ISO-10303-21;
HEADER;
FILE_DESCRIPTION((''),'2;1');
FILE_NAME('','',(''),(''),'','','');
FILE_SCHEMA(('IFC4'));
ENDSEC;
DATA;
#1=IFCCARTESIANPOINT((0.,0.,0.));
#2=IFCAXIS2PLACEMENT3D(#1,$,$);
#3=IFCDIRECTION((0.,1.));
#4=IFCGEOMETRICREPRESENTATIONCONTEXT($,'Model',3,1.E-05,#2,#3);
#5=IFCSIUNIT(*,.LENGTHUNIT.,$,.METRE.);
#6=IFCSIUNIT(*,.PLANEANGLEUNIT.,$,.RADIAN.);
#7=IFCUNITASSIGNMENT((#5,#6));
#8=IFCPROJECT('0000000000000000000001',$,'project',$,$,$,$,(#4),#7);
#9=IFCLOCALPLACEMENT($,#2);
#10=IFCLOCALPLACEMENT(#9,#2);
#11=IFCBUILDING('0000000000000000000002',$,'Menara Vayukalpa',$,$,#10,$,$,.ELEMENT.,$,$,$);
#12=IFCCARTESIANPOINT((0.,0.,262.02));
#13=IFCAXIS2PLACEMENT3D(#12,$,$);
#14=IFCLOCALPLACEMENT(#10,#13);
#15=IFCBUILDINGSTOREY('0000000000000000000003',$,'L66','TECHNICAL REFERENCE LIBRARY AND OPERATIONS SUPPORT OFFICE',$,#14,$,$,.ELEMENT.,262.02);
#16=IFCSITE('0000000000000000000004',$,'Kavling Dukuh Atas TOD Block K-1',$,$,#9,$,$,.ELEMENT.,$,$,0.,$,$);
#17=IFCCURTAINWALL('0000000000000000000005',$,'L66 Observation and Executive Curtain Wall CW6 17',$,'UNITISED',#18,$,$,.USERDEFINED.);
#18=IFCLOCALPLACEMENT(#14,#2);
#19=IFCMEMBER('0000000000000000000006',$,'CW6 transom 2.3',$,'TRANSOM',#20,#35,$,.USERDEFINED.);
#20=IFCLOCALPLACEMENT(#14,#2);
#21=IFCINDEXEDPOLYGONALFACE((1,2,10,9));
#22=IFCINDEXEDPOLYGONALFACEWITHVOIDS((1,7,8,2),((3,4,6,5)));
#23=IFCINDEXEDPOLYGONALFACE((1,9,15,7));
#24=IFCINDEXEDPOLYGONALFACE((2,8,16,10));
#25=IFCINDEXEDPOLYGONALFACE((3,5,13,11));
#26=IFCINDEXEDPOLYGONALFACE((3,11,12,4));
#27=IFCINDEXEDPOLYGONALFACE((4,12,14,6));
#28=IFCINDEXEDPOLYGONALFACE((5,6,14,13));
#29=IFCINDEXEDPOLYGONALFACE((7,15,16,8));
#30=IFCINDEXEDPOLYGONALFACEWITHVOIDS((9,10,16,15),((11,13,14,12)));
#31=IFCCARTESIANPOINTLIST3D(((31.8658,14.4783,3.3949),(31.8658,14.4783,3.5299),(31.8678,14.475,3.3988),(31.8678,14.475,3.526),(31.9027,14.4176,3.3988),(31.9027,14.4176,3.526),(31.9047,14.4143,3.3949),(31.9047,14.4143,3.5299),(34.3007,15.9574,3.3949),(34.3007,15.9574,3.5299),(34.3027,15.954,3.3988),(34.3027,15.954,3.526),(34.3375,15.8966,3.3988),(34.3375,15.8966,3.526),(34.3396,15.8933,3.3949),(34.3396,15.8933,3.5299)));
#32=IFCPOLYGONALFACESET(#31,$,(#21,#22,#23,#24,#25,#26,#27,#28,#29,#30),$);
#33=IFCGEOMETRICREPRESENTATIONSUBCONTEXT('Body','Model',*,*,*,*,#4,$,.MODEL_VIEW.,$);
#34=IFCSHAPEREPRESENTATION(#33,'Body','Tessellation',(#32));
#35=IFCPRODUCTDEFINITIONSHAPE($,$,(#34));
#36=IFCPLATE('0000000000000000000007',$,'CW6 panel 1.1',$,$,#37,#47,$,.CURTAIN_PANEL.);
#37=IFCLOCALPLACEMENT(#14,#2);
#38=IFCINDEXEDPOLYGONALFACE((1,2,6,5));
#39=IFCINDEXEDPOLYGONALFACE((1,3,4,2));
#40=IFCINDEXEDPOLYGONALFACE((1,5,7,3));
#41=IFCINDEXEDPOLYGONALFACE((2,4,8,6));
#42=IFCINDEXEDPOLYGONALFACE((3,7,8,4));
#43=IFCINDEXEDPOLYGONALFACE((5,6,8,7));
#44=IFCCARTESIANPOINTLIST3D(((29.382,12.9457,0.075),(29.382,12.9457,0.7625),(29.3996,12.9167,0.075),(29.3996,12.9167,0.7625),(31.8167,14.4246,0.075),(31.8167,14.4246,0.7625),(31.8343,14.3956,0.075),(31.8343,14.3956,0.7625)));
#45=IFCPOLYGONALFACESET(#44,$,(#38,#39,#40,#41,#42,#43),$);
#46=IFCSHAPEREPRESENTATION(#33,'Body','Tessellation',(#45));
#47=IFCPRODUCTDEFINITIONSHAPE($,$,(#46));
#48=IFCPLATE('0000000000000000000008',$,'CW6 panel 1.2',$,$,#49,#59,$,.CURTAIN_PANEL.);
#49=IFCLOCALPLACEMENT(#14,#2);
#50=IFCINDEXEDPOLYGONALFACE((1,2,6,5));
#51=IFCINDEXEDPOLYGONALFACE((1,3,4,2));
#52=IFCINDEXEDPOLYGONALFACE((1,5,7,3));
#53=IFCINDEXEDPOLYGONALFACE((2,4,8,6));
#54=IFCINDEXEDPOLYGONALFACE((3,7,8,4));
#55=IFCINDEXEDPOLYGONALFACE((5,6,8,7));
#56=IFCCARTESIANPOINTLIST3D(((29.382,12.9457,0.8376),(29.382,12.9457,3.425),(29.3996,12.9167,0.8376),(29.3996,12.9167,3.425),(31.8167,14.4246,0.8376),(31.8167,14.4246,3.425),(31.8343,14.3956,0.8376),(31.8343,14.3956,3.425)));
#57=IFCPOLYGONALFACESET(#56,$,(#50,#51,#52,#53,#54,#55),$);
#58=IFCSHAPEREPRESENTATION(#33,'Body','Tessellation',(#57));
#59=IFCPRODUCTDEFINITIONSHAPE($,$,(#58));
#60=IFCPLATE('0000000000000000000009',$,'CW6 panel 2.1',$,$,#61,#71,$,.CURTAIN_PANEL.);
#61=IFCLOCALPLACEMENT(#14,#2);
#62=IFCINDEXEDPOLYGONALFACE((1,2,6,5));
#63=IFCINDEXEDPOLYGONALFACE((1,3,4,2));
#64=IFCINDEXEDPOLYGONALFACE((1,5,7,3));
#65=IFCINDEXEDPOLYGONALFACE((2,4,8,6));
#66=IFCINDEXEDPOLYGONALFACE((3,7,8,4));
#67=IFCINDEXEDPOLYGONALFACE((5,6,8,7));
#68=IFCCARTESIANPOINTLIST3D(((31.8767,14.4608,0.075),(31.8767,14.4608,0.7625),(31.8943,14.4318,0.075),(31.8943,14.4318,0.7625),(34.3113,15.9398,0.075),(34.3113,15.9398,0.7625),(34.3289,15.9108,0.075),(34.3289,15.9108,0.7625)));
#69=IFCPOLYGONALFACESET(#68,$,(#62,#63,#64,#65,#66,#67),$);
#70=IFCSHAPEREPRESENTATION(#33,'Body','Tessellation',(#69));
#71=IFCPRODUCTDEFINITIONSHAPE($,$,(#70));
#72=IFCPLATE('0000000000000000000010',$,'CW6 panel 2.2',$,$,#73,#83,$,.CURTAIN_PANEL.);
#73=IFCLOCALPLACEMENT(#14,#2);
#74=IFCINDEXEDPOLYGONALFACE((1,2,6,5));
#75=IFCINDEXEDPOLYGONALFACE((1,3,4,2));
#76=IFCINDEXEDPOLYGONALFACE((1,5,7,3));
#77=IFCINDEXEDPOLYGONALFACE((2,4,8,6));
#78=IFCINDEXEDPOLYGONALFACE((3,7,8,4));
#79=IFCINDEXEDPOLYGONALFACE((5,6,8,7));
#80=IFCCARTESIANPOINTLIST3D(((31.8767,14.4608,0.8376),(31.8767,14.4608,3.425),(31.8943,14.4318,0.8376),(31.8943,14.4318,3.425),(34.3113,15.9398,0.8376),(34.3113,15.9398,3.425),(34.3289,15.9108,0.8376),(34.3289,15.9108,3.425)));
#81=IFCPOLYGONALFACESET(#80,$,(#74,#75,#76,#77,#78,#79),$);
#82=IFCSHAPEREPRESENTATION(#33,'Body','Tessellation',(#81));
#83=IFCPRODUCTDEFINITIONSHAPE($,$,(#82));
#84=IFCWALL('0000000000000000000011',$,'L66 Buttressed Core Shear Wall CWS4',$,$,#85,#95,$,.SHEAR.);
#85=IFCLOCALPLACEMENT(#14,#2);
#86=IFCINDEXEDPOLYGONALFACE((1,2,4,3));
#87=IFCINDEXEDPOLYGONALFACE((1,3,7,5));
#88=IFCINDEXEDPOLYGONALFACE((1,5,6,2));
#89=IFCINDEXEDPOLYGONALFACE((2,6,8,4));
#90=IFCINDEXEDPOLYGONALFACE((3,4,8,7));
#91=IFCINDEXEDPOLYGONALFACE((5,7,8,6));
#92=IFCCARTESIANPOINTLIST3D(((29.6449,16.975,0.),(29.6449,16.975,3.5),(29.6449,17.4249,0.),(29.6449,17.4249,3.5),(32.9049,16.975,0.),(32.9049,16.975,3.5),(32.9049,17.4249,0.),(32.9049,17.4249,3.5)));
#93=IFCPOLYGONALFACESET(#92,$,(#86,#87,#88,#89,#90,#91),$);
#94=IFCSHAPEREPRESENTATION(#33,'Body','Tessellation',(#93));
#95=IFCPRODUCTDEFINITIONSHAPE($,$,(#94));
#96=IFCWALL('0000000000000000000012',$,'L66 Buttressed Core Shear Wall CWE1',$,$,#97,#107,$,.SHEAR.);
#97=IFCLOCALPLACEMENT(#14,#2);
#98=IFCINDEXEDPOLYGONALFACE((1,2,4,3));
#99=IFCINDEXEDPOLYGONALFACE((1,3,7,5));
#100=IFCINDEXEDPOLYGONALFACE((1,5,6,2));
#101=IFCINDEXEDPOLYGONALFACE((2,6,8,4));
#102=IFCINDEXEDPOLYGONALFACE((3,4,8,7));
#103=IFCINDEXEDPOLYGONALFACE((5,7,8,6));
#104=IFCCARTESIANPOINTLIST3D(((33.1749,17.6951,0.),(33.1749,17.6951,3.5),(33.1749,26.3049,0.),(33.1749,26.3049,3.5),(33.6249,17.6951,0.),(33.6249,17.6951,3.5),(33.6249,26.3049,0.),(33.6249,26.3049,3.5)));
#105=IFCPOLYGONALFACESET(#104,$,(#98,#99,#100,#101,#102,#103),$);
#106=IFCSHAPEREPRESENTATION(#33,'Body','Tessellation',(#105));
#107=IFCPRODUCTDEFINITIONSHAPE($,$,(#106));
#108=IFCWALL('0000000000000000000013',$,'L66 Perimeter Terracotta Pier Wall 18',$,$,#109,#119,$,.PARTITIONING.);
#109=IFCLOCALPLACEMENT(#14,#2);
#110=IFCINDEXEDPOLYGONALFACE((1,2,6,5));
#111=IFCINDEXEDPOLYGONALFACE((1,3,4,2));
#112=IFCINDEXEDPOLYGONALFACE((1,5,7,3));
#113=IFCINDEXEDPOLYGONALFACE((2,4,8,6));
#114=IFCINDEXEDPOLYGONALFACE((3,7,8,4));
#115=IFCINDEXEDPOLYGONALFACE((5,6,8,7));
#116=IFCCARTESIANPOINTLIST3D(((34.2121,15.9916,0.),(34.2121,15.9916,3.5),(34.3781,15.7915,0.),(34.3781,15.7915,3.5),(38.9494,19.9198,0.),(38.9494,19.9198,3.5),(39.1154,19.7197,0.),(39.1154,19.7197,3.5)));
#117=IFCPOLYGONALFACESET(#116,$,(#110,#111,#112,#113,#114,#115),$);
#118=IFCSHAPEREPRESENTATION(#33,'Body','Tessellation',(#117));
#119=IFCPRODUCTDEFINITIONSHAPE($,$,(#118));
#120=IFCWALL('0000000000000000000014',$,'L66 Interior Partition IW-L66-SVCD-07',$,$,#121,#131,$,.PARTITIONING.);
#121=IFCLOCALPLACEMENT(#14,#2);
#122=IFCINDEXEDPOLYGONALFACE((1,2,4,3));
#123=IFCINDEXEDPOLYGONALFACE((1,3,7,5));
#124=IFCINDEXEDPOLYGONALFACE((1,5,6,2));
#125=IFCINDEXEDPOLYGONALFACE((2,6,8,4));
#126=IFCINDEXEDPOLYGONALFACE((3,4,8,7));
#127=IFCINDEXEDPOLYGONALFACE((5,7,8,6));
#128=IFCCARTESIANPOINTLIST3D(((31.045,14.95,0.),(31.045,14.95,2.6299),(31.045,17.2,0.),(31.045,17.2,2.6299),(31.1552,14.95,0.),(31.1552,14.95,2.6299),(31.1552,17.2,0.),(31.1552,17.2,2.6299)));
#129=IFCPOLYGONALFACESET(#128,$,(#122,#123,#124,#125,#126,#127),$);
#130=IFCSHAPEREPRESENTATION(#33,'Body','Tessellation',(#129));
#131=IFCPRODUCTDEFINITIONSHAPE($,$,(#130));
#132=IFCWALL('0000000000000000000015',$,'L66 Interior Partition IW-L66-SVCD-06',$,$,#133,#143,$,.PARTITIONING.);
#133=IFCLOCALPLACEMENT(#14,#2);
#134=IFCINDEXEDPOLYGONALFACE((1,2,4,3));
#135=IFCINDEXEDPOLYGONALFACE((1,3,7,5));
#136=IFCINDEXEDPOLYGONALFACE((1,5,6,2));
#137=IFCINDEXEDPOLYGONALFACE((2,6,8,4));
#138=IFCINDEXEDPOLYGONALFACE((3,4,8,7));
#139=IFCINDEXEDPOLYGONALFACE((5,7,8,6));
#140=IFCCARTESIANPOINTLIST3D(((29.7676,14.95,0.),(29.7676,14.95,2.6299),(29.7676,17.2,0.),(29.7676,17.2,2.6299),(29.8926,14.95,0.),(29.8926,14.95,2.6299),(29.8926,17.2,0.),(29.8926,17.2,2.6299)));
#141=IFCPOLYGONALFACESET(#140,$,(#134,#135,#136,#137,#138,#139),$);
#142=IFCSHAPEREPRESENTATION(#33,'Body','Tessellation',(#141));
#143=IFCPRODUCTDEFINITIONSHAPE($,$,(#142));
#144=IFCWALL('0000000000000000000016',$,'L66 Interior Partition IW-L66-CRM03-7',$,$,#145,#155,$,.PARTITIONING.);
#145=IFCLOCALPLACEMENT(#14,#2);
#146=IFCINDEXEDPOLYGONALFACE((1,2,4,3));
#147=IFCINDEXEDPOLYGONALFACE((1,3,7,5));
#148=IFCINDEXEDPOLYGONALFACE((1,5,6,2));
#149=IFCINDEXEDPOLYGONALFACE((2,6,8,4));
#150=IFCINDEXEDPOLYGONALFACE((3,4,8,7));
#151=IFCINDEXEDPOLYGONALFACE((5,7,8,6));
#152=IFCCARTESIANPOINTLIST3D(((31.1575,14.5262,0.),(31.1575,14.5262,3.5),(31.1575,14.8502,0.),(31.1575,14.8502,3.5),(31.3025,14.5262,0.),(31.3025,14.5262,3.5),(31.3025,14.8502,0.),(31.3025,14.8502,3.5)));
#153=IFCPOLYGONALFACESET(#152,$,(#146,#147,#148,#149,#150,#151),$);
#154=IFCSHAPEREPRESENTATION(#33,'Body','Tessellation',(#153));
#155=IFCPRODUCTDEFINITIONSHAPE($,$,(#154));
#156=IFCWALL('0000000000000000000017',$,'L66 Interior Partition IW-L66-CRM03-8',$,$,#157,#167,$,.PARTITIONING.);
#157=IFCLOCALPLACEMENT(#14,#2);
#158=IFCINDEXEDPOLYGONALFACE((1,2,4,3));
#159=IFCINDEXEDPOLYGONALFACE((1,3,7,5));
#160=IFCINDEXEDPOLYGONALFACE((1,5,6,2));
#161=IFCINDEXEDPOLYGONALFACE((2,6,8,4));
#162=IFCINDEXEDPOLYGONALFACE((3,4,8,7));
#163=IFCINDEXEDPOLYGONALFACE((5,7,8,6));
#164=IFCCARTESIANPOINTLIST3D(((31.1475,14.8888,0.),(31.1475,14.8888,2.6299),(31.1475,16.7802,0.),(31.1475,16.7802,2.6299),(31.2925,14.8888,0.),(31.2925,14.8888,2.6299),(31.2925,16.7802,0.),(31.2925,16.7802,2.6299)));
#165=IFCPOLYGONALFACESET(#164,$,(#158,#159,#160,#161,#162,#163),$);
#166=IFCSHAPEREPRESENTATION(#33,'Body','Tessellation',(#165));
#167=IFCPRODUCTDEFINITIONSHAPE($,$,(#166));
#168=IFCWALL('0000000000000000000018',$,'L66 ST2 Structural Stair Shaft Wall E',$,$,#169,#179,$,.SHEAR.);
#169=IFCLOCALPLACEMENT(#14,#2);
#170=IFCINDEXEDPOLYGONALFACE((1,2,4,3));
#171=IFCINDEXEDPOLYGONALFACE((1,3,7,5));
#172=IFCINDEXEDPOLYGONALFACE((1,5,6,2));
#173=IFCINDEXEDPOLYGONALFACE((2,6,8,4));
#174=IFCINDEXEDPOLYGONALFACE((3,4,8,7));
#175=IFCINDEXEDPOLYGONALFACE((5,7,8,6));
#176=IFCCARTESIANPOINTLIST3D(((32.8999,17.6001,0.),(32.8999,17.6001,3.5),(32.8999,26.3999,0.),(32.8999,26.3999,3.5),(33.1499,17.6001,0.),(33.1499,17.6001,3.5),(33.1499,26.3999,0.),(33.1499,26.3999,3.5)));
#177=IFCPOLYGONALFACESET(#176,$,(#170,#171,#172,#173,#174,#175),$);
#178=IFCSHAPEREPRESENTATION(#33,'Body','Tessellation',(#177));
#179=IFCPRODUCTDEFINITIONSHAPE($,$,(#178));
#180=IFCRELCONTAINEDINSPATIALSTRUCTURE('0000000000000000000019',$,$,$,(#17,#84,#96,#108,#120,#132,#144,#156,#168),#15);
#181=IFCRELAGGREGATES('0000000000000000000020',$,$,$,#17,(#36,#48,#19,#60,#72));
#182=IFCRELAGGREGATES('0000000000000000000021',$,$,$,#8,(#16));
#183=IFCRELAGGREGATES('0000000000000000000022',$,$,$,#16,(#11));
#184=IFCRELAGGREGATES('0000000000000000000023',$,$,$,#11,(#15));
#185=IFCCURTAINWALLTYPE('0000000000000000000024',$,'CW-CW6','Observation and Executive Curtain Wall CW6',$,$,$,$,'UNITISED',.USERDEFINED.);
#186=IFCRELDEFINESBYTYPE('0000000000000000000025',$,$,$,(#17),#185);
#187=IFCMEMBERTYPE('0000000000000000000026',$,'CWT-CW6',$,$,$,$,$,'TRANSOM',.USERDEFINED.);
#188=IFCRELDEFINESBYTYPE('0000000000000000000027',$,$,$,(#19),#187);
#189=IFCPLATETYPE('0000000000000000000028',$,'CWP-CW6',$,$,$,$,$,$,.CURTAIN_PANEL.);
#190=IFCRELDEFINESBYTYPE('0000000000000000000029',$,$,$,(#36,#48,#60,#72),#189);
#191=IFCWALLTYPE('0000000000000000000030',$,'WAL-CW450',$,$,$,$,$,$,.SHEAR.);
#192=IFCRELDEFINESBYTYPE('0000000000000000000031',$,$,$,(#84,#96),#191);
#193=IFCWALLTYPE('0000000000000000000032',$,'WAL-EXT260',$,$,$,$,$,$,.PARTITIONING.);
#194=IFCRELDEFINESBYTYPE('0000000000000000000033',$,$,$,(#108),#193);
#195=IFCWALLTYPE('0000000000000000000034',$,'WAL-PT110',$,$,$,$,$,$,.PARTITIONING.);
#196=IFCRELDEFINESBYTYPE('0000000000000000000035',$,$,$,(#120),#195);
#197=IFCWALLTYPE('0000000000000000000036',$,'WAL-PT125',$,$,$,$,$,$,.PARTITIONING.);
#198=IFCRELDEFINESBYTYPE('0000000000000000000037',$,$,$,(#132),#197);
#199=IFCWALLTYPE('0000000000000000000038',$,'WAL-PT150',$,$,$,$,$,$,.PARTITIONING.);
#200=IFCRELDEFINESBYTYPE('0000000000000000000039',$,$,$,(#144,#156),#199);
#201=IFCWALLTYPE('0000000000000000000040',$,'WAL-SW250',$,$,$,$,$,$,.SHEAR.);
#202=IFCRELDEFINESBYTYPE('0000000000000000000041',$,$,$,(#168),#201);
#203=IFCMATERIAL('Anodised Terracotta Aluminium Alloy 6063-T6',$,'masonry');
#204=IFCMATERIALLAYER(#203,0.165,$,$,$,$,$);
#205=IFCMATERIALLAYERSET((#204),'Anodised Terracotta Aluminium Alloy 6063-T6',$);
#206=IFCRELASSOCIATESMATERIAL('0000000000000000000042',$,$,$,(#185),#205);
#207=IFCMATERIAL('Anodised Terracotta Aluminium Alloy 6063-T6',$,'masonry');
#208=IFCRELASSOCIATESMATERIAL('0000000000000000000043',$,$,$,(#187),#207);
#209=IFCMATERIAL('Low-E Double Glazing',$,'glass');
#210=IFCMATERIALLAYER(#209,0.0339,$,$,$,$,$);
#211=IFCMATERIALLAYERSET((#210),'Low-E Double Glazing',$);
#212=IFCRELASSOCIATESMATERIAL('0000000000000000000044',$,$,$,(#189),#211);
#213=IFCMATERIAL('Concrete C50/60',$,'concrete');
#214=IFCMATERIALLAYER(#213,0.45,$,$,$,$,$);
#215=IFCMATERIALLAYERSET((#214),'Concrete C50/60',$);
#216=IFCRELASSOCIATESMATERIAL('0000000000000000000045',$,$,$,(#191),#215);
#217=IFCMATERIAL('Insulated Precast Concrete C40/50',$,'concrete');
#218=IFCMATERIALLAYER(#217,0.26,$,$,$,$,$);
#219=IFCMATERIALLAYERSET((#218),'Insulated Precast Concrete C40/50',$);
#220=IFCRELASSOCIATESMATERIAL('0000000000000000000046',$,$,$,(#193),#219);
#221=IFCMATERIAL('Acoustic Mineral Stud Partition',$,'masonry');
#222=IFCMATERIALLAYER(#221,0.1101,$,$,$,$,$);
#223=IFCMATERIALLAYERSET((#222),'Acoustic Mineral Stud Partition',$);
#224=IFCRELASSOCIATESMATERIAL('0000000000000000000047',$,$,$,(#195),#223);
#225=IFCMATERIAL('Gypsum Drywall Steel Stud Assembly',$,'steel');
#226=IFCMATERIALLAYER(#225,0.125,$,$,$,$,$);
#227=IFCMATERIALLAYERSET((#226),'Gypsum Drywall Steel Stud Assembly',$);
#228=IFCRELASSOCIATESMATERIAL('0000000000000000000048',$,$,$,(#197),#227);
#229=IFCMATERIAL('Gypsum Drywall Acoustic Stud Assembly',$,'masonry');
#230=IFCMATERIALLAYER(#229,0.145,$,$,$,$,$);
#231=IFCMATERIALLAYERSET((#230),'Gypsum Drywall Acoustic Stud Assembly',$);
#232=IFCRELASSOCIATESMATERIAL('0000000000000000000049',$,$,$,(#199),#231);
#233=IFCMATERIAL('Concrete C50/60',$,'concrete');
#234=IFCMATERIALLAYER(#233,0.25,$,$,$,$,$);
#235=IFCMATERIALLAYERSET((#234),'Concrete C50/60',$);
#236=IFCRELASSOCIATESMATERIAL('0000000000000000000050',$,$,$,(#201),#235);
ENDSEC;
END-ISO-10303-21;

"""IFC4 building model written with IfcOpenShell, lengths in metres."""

from ifc_helpers import new_model, si_unit, direction, frame, frame_2d, origin, origin_2d, place, context, subcontext, project, spatial, rectangle, hollow_rectangle, extrude, material, layer, layer_set, material_profile, profile_set, type_object, element, aggregate, save


model = new_model("IFC4")

# Units and contexts
model_context = context("Model", 3, precision=1e-05, world=origin(), true_north=direction((0.0, 1.0)))
body_context = subcontext(model_context, "Body", "Model", "MODEL_VIEW")
ifc_project = project(units=[si_unit("LENGTHUNIT", "METRE"), si_unit("PLANEANGLEUNIT", "RADIAN")], contexts=[model_context])

# Site, building, storey
site_placement = place(None, origin())
site = spatial("IfcSite", under=ifc_project, at=site_placement, Name="Kavling Dukuh Atas TOD Block K-1", CompositionType="ELEMENT", RefElevation=0.0)
building_placement = place(site_placement, origin())
building = spatial("IfcBuilding", under=site, at=building_placement, Name="Menara Vayukalpa", CompositionType="ELEMENT")
storey_placement = place(building_placement, frame((0.0, 0.0, 262.02)))
storey = spatial("IfcBuildingStorey", under=building, at=storey_placement, Name="L66", Description="TECHNICAL REFERENCE LIBRARY AND OPERATIONS SUPPORT OFFICE", CompositionType="ELEMENT", Elevation=262.02)

# Curtain wall, member, plates
ifc_material_1 = material(Name="Anodised Terracotta Aluminium Alloy 6063-T6", Category="masonry")
ifc_layer_1 = layer(ifc_material_1, 0.165)
ifc_layer_set_1 = layer_set([ifc_layer_1], Name="Anodised Terracotta Aluminium Alloy 6063-T6")
curtain_wall_type = type_object("IfcCurtainWallType", Name="CW-CW6", Description="Observation and Executive Curtain Wall CW6", ElementType="UNITISED", PredefinedType="USERDEFINED", material=ifc_layer_set_1)
curtain_wall_placement = place(storey_placement, origin())
curtain_wall = element("IfcCurtainWall", 1, at=curtain_wall_placement, inside=storey, type_object=curtain_wall_type, Name="L66 Observation and Executive Curtain Wall CW6 17", ObjectType="UNITISED", PredefinedType="USERDEFINED")
ifc_material_2 = material(Name="Anodised Terracotta Aluminium Alloy 6063-T6", Category="masonry")
ifc_material_profile_1 = material_profile(ifc_material_2, hollow_rectangle(XDim=0.075, YDim=0.135, WallThickness=0.0039, at=origin_2d()), Name="ALU 75x135x4")
ifc_profile_set_1 = profile_set([ifc_material_profile_1], Name="Anodised Terracotta Aluminium Alloy 6063-T6")
member_type_1 = type_object("IfcMemberType", Name="CWT-CW6", ElementType="TRANSOM", PredefinedType="USERDEFINED", material=ifc_profile_set_1)
member_1_placement = place(storey_placement, frame((31.8853, 14.4463, 3.4624), z_axis=(0.854675, 0.519164, 0.0), x_axis=(-0.519164, 0.854675, 0.0)))
member_1 = element("IfcMember", 2, at=member_1_placement, type_object=member_type_1, Name="CW6 transom 2.3", ObjectType="TRANSOM", PredefinedType="USERDEFINED", context=body_context, shape_type="SweptSolid", body=[
    extrude(hollow_rectangle(XDim=0.075, YDim=0.135, WallThickness=0.0039, at=origin_2d()), origin(), (0.0, 0.0, 1.0), 2.8489),
])
ifc_material_3 = material(Name="Low-E Double Glazing", Category="glass")
ifc_layer_2 = layer(ifc_material_3, 0.0339)
ifc_layer_set_2 = layer_set([ifc_layer_2], Name="Low-E Double Glazing")
plate_type = type_object("IfcPlateType", Name="CWP-CW6", PredefinedType="CURTAIN_PANEL", material=ifc_layer_set_2)
plate_1_placement = place(storey_placement, frame((30.6082, 13.6707, 0.075), z_axis=(0.0, 0.0, 1.0), x_axis=(0.854668, 0.519176, 0.0)))
plate_1 = element("IfcPlate", 3, at=plate_1_placement, type_object=plate_type, Name="CW6 panel 1.1", PredefinedType="CURTAIN_PANEL", context=body_context, shape_type="SweptSolid", body=[
    extrude(rectangle(XDim=2.8486, YDim=0.0339, at=origin_2d()), origin(), (0.0, 0.0, 1.0), 0.6875),
])
plate_2_placement = place(storey_placement, frame((30.6082, 13.6707, 0.8376), z_axis=(0.0, 0.0, 1.0), x_axis=(0.854668, 0.519176, 0.0)))
plate_2 = element("IfcPlate", 4, at=plate_2_placement, type_object=plate_type, Name="CW6 panel 1.2", PredefinedType="CURTAIN_PANEL", context=body_context, shape_type="SweptSolid", body=[
    extrude(rectangle(XDim=2.8486, YDim=0.0339, at=origin_2d()), origin(), (0.0, 0.0, 1.0), 2.5874),
])
plate_3_placement = place(storey_placement, frame((33.1028, 15.1858, 0.075), z_axis=(0.0, 0.0, 1.0), x_axis=(0.854668, 0.519176, 0.0)))
plate_3 = element("IfcPlate", 5, at=plate_3_placement, type_object=plate_type, Name="CW6 panel 2.1", PredefinedType="CURTAIN_PANEL", context=body_context, shape_type="SweptSolid", body=[
    extrude(rectangle(XDim=2.8486, YDim=0.0339, at=origin_2d()), origin(), (0.0, 0.0, 1.0), 0.6875),
])
plate_4_placement = place(storey_placement, frame((33.1028, 15.1858, 0.8376), z_axis=(0.0, 0.0, 1.0), x_axis=(0.854668, 0.519176, 0.0)))
plate_4 = element("IfcPlate", 6, at=plate_4_placement, type_object=plate_type, Name="CW6 panel 2.2", PredefinedType="CURTAIN_PANEL", context=body_context, shape_type="SweptSolid", body=[
    extrude(rectangle(XDim=2.8486, YDim=0.0339, at=origin_2d()), origin(), (0.0, 0.0, 1.0), 2.5874),
])
aggregate(curtain_wall, [plate_1, plate_2, member_1, plate_3, plate_4])

# Walls
ifc_material_4 = material(Name="Concrete C50/60", Category="concrete")
ifc_layer_3 = layer(ifc_material_4, 0.45)
ifc_layer_set_3 = layer_set([ifc_layer_3], Name="Concrete C50/60")
wall_type_1 = type_object("IfcWallType", Name="WAL-CW450", PredefinedType="SHEAR", material=ifc_layer_set_3)
wall_1_placement = place(storey_placement, frame((29.645, 17.2, 0.0), z_axis=(0.0, 0.0, 1.0), x_axis=(1.0, 0.0, 0.0)))
element("IfcWall", 7, at=wall_1_placement, inside=storey, type_object=wall_type_1, Name="L66 Buttressed Core Shear Wall CWS4", PredefinedType="SHEAR", context=body_context, shape_type="SweptSolid", body=[
    extrude(rectangle(XDim=3.26, YDim=0.45, at=frame_2d((1.6299, 0.0))), origin(), (0.0, 0.0, 1.0), 3.5),
])
wall_2_placement = place(storey_placement, frame((33.3999, 17.6951, 0.0), z_axis=(0.0, 0.0, 1.0), x_axis=(0.0, 1.0, 0.0)))
element("IfcWall", 8, at=wall_2_placement, inside=storey, type_object=wall_type_1, Name="L66 Buttressed Core Shear Wall CWE1", PredefinedType="SHEAR", context=body_context, shape_type="SweptSolid", body=[
    extrude(rectangle(XDim=8.6099, YDim=0.45, at=frame_2d((4.3049, 0.0))), origin(), (0.0, 0.0, 1.0), 3.5),
])
ifc_material_5 = material(Name="Insulated Precast Concrete C40/50", Category="concrete")
ifc_layer_4 = layer(ifc_material_5, 0.26)
ifc_layer_set_4 = layer_set([ifc_layer_4], Name="Insulated Precast Concrete C40/50")
wall_type_2 = type_object("IfcWallType", Name="WAL-EXT260", PredefinedType="PARTITIONING", material=ifc_layer_set_4)
wall_3_placement = place(storey_placement, frame((39.0325, 19.8198, 0.0), z_axis=(0.0, 0.0, 1.0), x_axis=(-0.76978, -0.638309, 0.0)))
element("IfcWall", 9, at=wall_3_placement, inside=storey, type_object=wall_type_2, Name="L66 Perimeter Terracotta Pier Wall 18", PredefinedType="PARTITIONING", context=body_context, shape_type="SweptSolid", body=[
    extrude(rectangle(XDim=6.1541, YDim=0.26, at=frame_2d((3.0771, 0.0))), origin(), (0.0, 0.0, 1.0), 3.5),
])
ifc_material_6 = material(Name="Acoustic Mineral Stud Partition", Category="masonry")
ifc_layer_5 = layer(ifc_material_6, 0.1101)
ifc_layer_set_5 = layer_set([ifc_layer_5], Name="Acoustic Mineral Stud Partition")
wall_type_3 = type_object("IfcWallType", Name="WAL-PT110", PredefinedType="PARTITIONING", material=ifc_layer_set_5)
wall_4_placement = place(storey_placement, frame((31.1001, 14.95, 0.0), z_axis=(0.0, 0.0, 1.0), x_axis=(0.0, 1.0, 0.0)))
element("IfcWall", 10, at=wall_4_placement, inside=storey, type_object=wall_type_3, Name="L66 Interior Partition IW-L66-SVCD-07", PredefinedType="PARTITIONING", context=body_context, shape_type="SweptSolid", body=[
    extrude(rectangle(XDim=2.25, YDim=0.1101, at=frame_2d((1.125, 0.0))), origin(), (0.0, 0.0, 1.0), 2.6299),
])
ifc_material_7 = material(Name="Gypsum Drywall Steel Stud Assembly", Category="steel")
ifc_layer_6 = layer(ifc_material_7, 0.125)
ifc_layer_set_6 = layer_set([ifc_layer_6], Name="Gypsum Drywall Steel Stud Assembly")
wall_type_4 = type_object("IfcWallType", Name="WAL-PT125", PredefinedType="PARTITIONING", material=ifc_layer_set_6)
wall_5_placement = place(storey_placement, frame((29.8301, 14.95, 0.0), z_axis=(0.0, 0.0, 1.0), x_axis=(0.0, 1.0, 0.0)))
element("IfcWall", 11, at=wall_5_placement, inside=storey, type_object=wall_type_4, Name="L66 Interior Partition IW-L66-SVCD-06", PredefinedType="PARTITIONING", context=body_context, shape_type="SweptSolid", body=[
    extrude(rectangle(XDim=2.25, YDim=0.125, at=frame_2d((1.125, 0.0))), origin(), (0.0, 0.0, 1.0), 2.6299),
])
ifc_material_8 = material(Name="Gypsum Drywall Acoustic Stud Assembly", Category="masonry")
ifc_layer_7 = layer(ifc_material_8, 0.145)
ifc_layer_set_7 = layer_set([ifc_layer_7], Name="Gypsum Drywall Acoustic Stud Assembly")
wall_type_5 = type_object("IfcWallType", Name="WAL-PT150", PredefinedType="PARTITIONING", material=ifc_layer_set_7)
wall_6_placement = place(storey_placement, frame((31.23, 14.5261, 0.0), z_axis=(0.0, 0.0, 1.0), x_axis=(0.0, 1.0, 0.0)))
element("IfcWall", 12, at=wall_6_placement, inside=storey, type_object=wall_type_5, Name="L66 Interior Partition IW-L66-CRM03-7", PredefinedType="PARTITIONING", context=body_context, shape_type="SweptSolid", body=[
    extrude(rectangle(XDim=0.324, YDim=0.145, at=frame_2d((0.1621, 0.0))), origin(), (0.0, 0.0, 1.0), 3.5),
])
wall_7_placement = place(storey_placement, frame((31.22, 14.8887, 0.0), z_axis=(0.0, 0.0, 1.0), x_axis=(0.0, 1.0, 0.0)))
element("IfcWall", 13, at=wall_7_placement, inside=storey, type_object=wall_type_5, Name="L66 Interior Partition IW-L66-CRM03-8", PredefinedType="PARTITIONING", context=body_context, shape_type="SweptSolid", body=[
    extrude(rectangle(XDim=1.8914, YDim=0.145, at=frame_2d((0.9458, 0.0))), origin(), (0.0, 0.0, 1.0), 2.6299),
])
ifc_material_9 = material(Name="Concrete C50/60", Category="concrete")
ifc_layer_8 = layer(ifc_material_9, 0.25)
ifc_layer_set_8 = layer_set([ifc_layer_8], Name="Concrete C50/60")
wall_type_6 = type_object("IfcWallType", Name="WAL-SW250", PredefinedType="SHEAR", material=ifc_layer_set_8)
wall_8_placement = place(storey_placement, frame((33.0249, 17.6001, 0.0), z_axis=(0.0, 0.0, 1.0), x_axis=(0.0, 1.0, 0.0)))
element("IfcWall", 14, at=wall_8_placement, inside=storey, type_object=wall_type_6, Name="L66 ST2 Structural Stair Shaft Wall E", PredefinedType="SHEAR", context=body_context, shape_type="SweptSolid", body=[
    extrude(rectangle(XDim=8.7998, YDim=0.25, at=frame_2d((4.3999, 0.0))), origin(), (0.0, 0.0, 1.0), 3.5),
])

save(model, "model.ifc")
